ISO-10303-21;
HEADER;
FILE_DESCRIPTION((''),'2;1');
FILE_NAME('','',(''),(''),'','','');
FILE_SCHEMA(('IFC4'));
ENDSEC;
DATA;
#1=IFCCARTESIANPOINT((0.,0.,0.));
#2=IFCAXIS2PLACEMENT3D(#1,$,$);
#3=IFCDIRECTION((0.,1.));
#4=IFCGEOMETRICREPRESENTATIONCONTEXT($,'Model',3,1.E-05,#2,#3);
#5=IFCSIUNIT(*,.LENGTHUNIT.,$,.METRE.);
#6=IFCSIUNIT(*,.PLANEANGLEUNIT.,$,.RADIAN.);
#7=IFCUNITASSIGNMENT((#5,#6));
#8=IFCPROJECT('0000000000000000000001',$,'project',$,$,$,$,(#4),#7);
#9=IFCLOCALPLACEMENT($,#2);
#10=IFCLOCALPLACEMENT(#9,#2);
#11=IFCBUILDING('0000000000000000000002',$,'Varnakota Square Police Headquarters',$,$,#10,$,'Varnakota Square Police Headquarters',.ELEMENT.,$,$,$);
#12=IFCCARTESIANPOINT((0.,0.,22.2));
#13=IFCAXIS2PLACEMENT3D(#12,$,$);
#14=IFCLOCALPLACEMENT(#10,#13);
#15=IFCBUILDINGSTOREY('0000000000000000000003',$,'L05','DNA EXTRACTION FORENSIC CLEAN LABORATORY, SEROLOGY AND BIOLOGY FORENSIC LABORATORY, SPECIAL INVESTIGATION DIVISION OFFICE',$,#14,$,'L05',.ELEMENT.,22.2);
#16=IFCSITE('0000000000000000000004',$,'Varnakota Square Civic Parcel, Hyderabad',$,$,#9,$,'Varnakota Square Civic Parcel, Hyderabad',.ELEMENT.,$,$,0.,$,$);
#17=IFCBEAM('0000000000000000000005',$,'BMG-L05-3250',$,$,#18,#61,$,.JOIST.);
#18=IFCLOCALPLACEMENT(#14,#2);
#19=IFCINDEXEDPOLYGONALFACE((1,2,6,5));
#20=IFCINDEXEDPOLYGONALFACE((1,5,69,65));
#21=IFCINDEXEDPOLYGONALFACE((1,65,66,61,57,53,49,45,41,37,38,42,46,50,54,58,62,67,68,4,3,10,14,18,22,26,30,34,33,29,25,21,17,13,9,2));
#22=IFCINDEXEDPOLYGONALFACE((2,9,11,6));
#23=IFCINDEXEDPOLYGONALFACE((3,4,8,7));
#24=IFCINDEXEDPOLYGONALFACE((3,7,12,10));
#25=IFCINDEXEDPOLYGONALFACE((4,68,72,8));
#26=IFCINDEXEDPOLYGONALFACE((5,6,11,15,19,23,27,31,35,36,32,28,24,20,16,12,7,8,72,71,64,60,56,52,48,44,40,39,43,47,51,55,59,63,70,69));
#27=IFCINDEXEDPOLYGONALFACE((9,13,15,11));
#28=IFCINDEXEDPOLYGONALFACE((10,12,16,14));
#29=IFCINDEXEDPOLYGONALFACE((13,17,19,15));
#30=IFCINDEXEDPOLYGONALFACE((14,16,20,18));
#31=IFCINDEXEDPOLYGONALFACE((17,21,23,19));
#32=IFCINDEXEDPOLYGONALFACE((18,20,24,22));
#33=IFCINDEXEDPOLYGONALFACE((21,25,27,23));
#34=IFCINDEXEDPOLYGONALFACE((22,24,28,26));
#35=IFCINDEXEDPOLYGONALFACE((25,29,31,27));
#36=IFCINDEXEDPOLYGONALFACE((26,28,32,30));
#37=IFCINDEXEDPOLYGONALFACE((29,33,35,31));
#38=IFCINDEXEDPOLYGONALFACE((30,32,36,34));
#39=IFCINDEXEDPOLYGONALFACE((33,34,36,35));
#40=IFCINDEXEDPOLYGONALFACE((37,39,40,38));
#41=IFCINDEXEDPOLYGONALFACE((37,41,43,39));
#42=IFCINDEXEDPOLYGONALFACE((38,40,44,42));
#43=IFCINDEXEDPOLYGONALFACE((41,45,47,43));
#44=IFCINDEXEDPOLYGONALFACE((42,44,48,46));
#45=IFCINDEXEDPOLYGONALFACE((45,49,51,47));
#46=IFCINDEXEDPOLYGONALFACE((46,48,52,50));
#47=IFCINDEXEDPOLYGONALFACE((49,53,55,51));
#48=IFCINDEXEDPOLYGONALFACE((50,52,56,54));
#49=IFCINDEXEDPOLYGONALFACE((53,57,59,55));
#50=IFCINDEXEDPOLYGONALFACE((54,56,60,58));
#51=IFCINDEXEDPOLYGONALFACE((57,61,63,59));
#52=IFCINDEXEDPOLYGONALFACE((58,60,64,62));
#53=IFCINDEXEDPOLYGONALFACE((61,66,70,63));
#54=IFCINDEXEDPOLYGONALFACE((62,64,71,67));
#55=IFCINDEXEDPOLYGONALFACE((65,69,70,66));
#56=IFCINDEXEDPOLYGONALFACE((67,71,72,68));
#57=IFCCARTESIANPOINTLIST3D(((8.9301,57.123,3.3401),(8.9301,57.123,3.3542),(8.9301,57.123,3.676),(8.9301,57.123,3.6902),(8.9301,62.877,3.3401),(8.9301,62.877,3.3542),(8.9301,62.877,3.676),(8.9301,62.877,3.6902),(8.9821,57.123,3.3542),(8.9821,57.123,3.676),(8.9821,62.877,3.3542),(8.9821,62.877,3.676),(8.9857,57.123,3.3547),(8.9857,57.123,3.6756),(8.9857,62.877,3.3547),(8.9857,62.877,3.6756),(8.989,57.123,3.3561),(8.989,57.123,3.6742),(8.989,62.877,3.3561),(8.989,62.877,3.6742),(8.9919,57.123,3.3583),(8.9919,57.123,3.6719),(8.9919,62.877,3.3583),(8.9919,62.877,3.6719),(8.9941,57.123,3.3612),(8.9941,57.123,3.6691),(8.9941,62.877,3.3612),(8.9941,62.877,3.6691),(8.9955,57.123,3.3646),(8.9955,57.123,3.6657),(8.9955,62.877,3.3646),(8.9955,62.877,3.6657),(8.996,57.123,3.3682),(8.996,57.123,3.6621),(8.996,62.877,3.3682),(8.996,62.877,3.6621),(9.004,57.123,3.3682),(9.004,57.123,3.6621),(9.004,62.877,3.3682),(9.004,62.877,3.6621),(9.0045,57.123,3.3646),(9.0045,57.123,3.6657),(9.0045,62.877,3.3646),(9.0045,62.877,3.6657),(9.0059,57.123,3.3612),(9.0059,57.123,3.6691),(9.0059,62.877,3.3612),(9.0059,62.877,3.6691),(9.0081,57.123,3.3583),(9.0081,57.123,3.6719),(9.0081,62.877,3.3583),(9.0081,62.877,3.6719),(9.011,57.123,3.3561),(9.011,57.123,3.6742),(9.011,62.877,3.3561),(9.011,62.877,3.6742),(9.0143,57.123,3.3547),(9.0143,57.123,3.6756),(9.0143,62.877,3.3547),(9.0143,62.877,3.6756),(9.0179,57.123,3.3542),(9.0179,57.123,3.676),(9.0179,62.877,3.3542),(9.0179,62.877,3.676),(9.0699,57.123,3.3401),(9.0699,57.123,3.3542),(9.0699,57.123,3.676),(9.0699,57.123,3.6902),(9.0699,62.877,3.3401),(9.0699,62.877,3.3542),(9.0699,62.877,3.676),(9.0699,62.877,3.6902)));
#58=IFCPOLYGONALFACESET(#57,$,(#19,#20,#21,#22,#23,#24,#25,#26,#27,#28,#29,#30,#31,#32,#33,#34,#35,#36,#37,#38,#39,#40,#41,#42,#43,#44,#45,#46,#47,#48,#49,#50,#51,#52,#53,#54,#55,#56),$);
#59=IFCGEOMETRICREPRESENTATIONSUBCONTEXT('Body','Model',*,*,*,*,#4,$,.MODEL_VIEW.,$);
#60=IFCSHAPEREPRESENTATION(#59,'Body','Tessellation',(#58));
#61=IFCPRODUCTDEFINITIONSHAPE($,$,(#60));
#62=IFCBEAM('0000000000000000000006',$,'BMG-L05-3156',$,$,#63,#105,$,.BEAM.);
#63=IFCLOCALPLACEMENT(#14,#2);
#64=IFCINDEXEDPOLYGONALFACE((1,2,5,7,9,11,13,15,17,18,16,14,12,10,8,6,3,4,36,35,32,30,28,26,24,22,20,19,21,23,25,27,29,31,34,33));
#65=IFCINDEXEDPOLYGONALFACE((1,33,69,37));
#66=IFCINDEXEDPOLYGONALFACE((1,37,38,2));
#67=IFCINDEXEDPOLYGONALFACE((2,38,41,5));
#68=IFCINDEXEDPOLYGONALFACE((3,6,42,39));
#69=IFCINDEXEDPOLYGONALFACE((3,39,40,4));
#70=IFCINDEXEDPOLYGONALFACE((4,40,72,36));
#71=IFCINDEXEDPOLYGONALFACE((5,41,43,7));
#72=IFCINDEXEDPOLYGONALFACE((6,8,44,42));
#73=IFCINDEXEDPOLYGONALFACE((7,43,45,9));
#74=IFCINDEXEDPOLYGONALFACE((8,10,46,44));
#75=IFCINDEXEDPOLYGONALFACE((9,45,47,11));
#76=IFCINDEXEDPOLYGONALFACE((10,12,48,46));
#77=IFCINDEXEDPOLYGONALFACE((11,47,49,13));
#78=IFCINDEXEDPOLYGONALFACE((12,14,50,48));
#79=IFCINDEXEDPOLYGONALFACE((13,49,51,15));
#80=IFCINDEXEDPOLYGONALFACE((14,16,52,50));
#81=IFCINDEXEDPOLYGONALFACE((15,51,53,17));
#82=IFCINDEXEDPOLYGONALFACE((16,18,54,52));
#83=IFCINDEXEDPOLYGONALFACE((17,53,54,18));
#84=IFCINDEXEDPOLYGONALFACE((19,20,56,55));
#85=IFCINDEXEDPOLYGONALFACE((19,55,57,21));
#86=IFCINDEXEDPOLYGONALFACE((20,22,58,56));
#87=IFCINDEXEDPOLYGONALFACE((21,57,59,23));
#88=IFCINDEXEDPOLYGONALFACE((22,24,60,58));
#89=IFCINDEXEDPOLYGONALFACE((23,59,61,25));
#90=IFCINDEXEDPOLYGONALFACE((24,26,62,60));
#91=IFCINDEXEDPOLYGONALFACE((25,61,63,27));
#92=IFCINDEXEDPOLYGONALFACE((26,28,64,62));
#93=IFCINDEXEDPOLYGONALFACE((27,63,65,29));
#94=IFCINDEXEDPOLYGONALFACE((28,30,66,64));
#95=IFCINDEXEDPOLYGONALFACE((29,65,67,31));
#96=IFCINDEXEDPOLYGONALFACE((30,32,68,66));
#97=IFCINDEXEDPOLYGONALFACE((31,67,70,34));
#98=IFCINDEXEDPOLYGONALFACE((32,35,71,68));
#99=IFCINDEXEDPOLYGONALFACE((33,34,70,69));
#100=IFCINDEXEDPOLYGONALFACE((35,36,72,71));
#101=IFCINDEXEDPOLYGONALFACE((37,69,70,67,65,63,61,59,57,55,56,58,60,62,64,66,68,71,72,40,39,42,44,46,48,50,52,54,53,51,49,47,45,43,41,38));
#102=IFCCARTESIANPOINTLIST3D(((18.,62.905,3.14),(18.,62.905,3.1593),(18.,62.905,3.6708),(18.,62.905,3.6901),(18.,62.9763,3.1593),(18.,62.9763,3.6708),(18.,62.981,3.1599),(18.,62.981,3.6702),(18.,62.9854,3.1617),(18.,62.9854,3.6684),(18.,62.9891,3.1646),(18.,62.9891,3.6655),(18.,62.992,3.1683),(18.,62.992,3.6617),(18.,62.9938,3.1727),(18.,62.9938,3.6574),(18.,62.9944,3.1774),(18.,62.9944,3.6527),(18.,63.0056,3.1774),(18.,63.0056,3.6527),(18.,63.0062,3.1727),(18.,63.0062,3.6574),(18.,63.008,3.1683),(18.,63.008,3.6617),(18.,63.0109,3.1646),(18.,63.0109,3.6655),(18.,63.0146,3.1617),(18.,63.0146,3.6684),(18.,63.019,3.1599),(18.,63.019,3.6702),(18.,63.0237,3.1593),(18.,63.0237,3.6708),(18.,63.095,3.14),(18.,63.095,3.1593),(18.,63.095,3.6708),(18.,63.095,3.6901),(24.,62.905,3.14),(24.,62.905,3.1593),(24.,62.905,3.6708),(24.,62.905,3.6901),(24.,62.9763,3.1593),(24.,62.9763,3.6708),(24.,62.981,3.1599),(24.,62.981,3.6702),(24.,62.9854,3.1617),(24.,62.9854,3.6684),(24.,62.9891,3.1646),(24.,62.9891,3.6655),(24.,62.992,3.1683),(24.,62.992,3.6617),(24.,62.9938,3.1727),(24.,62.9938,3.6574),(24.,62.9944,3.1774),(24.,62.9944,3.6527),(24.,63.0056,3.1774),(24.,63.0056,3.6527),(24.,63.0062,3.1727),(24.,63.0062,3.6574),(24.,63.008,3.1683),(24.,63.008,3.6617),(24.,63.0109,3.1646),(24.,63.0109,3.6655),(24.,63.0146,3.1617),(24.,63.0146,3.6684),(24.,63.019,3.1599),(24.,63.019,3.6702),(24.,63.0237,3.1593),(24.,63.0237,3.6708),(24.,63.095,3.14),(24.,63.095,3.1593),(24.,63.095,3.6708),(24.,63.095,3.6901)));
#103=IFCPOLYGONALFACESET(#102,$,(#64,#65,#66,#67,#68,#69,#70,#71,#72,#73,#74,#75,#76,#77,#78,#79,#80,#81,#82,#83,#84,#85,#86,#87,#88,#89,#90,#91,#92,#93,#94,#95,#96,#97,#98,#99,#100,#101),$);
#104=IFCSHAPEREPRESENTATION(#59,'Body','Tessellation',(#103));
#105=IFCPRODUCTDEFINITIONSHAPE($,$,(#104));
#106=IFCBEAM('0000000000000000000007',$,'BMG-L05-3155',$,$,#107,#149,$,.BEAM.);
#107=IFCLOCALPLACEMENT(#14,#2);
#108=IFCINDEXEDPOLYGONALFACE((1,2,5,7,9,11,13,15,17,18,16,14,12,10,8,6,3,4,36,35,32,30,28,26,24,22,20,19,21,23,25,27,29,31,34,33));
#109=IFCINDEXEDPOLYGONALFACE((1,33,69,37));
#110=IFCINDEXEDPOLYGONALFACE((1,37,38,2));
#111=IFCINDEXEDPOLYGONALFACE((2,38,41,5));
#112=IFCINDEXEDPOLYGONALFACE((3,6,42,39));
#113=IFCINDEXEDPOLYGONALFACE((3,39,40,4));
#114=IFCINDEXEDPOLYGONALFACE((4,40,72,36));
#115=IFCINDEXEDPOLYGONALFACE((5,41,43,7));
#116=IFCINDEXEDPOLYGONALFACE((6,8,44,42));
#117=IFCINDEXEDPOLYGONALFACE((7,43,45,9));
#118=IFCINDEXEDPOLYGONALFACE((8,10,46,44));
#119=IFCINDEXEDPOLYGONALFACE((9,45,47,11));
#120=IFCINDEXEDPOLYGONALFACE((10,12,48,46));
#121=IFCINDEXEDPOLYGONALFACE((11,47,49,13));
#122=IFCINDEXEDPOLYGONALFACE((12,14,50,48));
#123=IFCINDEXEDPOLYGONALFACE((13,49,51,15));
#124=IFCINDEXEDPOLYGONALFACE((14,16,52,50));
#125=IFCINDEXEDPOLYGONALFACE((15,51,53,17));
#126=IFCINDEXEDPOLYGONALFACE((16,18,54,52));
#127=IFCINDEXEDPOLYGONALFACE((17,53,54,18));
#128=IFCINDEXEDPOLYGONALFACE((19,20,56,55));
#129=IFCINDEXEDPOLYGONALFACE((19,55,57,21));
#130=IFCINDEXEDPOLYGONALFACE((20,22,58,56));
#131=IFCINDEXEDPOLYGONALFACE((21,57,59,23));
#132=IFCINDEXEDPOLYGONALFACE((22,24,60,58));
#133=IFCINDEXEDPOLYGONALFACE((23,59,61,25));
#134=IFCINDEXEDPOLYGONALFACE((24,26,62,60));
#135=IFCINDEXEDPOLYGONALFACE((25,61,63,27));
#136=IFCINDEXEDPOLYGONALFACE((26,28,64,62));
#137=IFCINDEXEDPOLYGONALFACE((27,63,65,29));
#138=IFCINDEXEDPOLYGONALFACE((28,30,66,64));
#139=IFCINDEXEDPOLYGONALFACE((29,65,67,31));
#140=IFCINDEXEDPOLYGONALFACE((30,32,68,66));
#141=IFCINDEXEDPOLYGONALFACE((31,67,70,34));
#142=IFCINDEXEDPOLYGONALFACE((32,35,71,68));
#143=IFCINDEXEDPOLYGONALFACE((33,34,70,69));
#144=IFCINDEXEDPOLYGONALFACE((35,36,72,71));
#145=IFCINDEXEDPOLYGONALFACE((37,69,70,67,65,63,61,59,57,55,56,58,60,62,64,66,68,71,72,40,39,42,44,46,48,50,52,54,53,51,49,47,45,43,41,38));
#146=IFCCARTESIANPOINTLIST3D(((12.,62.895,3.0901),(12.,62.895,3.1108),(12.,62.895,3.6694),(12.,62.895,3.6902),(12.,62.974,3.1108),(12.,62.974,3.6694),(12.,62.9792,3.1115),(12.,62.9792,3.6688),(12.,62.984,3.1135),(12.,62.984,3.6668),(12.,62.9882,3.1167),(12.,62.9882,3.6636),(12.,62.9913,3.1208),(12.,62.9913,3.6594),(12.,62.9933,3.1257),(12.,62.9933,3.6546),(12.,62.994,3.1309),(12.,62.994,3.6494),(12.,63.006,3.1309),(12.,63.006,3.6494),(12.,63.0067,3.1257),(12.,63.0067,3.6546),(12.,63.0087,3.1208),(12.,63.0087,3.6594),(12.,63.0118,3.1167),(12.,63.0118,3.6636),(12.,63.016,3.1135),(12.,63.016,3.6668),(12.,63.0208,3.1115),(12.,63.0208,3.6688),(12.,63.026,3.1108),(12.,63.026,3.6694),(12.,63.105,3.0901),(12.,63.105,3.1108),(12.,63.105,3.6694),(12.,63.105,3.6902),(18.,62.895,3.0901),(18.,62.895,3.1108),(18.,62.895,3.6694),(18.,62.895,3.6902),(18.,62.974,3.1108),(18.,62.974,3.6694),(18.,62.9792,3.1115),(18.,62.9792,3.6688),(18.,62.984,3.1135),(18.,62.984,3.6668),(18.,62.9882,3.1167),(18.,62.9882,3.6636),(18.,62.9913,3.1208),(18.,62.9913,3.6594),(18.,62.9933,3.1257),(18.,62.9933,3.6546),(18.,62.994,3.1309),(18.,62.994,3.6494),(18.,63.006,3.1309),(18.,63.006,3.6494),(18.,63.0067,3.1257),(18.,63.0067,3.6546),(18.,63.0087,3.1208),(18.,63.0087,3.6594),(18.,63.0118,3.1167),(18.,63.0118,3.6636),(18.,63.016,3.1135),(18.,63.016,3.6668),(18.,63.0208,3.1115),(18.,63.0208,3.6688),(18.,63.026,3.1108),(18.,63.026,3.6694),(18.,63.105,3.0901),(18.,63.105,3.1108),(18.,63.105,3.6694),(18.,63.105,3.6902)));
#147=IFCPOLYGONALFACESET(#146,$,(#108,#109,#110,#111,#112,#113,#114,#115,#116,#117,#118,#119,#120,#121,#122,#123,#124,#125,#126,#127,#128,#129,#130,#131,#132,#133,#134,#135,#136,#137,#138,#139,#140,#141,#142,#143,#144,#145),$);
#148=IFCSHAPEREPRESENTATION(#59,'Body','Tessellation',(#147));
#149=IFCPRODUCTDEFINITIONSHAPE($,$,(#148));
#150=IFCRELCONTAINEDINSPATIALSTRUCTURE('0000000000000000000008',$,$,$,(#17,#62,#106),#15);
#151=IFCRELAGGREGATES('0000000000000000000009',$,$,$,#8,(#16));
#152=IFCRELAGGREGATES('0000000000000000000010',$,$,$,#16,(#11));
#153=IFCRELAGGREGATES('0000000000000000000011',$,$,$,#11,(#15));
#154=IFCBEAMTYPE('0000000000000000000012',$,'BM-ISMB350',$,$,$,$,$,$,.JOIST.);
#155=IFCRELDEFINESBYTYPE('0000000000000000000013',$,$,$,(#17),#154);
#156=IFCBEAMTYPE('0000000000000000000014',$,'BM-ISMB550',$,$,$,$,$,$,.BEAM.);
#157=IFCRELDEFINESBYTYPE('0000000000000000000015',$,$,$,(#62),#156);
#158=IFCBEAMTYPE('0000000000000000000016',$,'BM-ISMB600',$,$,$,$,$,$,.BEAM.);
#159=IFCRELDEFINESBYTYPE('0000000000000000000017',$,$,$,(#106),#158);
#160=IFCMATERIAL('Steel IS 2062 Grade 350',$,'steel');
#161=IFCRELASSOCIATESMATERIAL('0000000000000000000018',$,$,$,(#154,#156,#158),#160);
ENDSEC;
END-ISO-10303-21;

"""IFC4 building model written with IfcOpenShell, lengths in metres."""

from ifc_helpers import new_model, si_unit, direction, frame, origin, origin_2d, place, context, subcontext, project, spatial, i_section, extrude, material, material_profile, profile_set, type_object, element, save


model = new_model("IFC4")

# Units and contexts
model_context = context("Model", 3, precision=1e-05, world=origin(), true_north=direction((0.0, 1.0)))
body_context = subcontext(model_context, "Body", "Model", "MODEL_VIEW")
ifc_project = project(units=[si_unit("LENGTHUNIT", "METRE"), si_unit("PLANEANGLEUNIT", "RADIAN")], contexts=[model_context])

# Site, building, storey
site_placement = place(None, origin())
site = spatial("IfcSite", under=ifc_project, at=site_placement, Name="Varnakota Square Civic Parcel, Hyderabad", LongName="Varnakota Square Civic Parcel, Hyderabad", CompositionType="ELEMENT", RefElevation=0.0)
building_placement = place(site_placement, origin())
building = spatial("IfcBuilding", under=site, at=building_placement, Name="Varnakota Square Police Headquarters", LongName="Varnakota Square Police Headquarters", CompositionType="ELEMENT")
storey_placement = place(building_placement, frame((0.0, 0.0, 22.2)))
storey = spatial("IfcBuildingStorey", under=building, at=storey_placement, Name="L05", Description="DNA EXTRACTION FORENSIC CLEAN LABORATORY, SEROLOGY AND BIOLOGY FORENSIC LABORATORY, SPECIAL INVESTIGATION DIVISION OFFICE", LongName="L05", CompositionType="ELEMENT", Elevation=22.2)

# Shared definitions
ifc_material_1 = material(Name="Steel IS 2062 Grade 350", Category="steel")

# Beams
ifc_material_profile_1 = material_profile(ifc_material_1, i_section(OverallWidth=0.1399, OverallDepth=0.3501, WebThickness=0.0081, FlangeThickness=0.0142, FilletRadius=0.0139, at=origin_2d()), Name="ISMB 350")
ifc_profile_set_1 = profile_set([ifc_material_profile_1], Name="Steel IS 2062 Grade 350")
beam_type_1 = type_object("IfcBeamType", Name="BM-ISMB350", PredefinedType="JOIST", material=ifc_profile_set_1)
beam_1_placement = place(storey_placement, frame((9.0, 57.123, 3.5151), z_axis=(0.0, 1.0, 0.0), x_axis=(-1.0, 0.0, 0.0)))
element("IfcBeam", 1, at=beam_1_placement, inside=storey, type_object=beam_type_1, Name="BMG-L05-3250", PredefinedType="JOIST", context=body_context, shape_type="SweptSolid", body=[
    extrude(i_section(OverallWidth=0.1399, OverallDepth=0.3501, WebThickness=0.0081, FlangeThickness=0.0142, FilletRadius=0.0139, at=origin_2d()), origin(), (0.0, 0.0, 1.0), 5.7539),
])
ifc_material_profile_2 = material_profile(ifc_material_1, i_section(OverallWidth=0.1899, OverallDepth=0.55, WebThickness=0.0112, FlangeThickness=0.0193, FilletRadius=0.0181, at=origin_2d()), Name="ISMB 550")
ifc_profile_set_2 = profile_set([ifc_material_profile_2], Name="Steel IS 2062 Grade 350")
beam_type_2 = type_object("IfcBeamType", Name="BM-ISMB550", PredefinedType="BEAM", material=ifc_profile_set_2)
beam_2_placement = place(storey_placement, frame((18.0, 63.0, 3.415), z_axis=(1.0, 0.0, 0.0), x_axis=(0.0, 1.0, 0.0)))
element("IfcBeam", 2, at=beam_2_placement, inside=storey, type_object=beam_type_2, Name="BMG-L05-3156", PredefinedType="BEAM", context=body_context, shape_type="SweptSolid", body=[
    extrude(i_section(OverallWidth=0.1899, OverallDepth=0.55, WebThickness=0.0112, FlangeThickness=0.0193, FilletRadius=0.0181, at=origin_2d()), origin(), (0.0, 0.0, 1.0), 6.0),
])
ifc_material_profile_3 = material_profile(ifc_material_1, i_section(OverallWidth=0.21, OverallDepth=0.6001, WebThickness=0.012, FlangeThickness=0.0208, FilletRadius=0.02, at=origin_2d()), Name="ISMB 600")
ifc_profile_set_3 = profile_set([ifc_material_profile_3], Name="Steel IS 2062 Grade 350")
beam_type_3 = type_object("IfcBeamType", Name="BM-ISMB600", PredefinedType="BEAM", material=ifc_profile_set_3)
beam_3_placement = place(storey_placement, frame((12.0, 63.0, 3.3901), z_axis=(1.0, 0.0, 0.0), x_axis=(0.0, 1.0, 0.0)))
element("IfcBeam", 3, at=beam_3_placement, inside=storey, type_object=beam_type_3, Name="BMG-L05-3155", PredefinedType="BEAM", context=body_context, shape_type="SweptSolid", body=[
    extrude(i_section(OverallWidth=0.21, OverallDepth=0.6001, WebThickness=0.012, FlangeThickness=0.0208, FilletRadius=0.02, at=origin_2d()), origin(), (0.0, 0.0, 1.0), 6.0),
])

save(model, "model.ifc")
